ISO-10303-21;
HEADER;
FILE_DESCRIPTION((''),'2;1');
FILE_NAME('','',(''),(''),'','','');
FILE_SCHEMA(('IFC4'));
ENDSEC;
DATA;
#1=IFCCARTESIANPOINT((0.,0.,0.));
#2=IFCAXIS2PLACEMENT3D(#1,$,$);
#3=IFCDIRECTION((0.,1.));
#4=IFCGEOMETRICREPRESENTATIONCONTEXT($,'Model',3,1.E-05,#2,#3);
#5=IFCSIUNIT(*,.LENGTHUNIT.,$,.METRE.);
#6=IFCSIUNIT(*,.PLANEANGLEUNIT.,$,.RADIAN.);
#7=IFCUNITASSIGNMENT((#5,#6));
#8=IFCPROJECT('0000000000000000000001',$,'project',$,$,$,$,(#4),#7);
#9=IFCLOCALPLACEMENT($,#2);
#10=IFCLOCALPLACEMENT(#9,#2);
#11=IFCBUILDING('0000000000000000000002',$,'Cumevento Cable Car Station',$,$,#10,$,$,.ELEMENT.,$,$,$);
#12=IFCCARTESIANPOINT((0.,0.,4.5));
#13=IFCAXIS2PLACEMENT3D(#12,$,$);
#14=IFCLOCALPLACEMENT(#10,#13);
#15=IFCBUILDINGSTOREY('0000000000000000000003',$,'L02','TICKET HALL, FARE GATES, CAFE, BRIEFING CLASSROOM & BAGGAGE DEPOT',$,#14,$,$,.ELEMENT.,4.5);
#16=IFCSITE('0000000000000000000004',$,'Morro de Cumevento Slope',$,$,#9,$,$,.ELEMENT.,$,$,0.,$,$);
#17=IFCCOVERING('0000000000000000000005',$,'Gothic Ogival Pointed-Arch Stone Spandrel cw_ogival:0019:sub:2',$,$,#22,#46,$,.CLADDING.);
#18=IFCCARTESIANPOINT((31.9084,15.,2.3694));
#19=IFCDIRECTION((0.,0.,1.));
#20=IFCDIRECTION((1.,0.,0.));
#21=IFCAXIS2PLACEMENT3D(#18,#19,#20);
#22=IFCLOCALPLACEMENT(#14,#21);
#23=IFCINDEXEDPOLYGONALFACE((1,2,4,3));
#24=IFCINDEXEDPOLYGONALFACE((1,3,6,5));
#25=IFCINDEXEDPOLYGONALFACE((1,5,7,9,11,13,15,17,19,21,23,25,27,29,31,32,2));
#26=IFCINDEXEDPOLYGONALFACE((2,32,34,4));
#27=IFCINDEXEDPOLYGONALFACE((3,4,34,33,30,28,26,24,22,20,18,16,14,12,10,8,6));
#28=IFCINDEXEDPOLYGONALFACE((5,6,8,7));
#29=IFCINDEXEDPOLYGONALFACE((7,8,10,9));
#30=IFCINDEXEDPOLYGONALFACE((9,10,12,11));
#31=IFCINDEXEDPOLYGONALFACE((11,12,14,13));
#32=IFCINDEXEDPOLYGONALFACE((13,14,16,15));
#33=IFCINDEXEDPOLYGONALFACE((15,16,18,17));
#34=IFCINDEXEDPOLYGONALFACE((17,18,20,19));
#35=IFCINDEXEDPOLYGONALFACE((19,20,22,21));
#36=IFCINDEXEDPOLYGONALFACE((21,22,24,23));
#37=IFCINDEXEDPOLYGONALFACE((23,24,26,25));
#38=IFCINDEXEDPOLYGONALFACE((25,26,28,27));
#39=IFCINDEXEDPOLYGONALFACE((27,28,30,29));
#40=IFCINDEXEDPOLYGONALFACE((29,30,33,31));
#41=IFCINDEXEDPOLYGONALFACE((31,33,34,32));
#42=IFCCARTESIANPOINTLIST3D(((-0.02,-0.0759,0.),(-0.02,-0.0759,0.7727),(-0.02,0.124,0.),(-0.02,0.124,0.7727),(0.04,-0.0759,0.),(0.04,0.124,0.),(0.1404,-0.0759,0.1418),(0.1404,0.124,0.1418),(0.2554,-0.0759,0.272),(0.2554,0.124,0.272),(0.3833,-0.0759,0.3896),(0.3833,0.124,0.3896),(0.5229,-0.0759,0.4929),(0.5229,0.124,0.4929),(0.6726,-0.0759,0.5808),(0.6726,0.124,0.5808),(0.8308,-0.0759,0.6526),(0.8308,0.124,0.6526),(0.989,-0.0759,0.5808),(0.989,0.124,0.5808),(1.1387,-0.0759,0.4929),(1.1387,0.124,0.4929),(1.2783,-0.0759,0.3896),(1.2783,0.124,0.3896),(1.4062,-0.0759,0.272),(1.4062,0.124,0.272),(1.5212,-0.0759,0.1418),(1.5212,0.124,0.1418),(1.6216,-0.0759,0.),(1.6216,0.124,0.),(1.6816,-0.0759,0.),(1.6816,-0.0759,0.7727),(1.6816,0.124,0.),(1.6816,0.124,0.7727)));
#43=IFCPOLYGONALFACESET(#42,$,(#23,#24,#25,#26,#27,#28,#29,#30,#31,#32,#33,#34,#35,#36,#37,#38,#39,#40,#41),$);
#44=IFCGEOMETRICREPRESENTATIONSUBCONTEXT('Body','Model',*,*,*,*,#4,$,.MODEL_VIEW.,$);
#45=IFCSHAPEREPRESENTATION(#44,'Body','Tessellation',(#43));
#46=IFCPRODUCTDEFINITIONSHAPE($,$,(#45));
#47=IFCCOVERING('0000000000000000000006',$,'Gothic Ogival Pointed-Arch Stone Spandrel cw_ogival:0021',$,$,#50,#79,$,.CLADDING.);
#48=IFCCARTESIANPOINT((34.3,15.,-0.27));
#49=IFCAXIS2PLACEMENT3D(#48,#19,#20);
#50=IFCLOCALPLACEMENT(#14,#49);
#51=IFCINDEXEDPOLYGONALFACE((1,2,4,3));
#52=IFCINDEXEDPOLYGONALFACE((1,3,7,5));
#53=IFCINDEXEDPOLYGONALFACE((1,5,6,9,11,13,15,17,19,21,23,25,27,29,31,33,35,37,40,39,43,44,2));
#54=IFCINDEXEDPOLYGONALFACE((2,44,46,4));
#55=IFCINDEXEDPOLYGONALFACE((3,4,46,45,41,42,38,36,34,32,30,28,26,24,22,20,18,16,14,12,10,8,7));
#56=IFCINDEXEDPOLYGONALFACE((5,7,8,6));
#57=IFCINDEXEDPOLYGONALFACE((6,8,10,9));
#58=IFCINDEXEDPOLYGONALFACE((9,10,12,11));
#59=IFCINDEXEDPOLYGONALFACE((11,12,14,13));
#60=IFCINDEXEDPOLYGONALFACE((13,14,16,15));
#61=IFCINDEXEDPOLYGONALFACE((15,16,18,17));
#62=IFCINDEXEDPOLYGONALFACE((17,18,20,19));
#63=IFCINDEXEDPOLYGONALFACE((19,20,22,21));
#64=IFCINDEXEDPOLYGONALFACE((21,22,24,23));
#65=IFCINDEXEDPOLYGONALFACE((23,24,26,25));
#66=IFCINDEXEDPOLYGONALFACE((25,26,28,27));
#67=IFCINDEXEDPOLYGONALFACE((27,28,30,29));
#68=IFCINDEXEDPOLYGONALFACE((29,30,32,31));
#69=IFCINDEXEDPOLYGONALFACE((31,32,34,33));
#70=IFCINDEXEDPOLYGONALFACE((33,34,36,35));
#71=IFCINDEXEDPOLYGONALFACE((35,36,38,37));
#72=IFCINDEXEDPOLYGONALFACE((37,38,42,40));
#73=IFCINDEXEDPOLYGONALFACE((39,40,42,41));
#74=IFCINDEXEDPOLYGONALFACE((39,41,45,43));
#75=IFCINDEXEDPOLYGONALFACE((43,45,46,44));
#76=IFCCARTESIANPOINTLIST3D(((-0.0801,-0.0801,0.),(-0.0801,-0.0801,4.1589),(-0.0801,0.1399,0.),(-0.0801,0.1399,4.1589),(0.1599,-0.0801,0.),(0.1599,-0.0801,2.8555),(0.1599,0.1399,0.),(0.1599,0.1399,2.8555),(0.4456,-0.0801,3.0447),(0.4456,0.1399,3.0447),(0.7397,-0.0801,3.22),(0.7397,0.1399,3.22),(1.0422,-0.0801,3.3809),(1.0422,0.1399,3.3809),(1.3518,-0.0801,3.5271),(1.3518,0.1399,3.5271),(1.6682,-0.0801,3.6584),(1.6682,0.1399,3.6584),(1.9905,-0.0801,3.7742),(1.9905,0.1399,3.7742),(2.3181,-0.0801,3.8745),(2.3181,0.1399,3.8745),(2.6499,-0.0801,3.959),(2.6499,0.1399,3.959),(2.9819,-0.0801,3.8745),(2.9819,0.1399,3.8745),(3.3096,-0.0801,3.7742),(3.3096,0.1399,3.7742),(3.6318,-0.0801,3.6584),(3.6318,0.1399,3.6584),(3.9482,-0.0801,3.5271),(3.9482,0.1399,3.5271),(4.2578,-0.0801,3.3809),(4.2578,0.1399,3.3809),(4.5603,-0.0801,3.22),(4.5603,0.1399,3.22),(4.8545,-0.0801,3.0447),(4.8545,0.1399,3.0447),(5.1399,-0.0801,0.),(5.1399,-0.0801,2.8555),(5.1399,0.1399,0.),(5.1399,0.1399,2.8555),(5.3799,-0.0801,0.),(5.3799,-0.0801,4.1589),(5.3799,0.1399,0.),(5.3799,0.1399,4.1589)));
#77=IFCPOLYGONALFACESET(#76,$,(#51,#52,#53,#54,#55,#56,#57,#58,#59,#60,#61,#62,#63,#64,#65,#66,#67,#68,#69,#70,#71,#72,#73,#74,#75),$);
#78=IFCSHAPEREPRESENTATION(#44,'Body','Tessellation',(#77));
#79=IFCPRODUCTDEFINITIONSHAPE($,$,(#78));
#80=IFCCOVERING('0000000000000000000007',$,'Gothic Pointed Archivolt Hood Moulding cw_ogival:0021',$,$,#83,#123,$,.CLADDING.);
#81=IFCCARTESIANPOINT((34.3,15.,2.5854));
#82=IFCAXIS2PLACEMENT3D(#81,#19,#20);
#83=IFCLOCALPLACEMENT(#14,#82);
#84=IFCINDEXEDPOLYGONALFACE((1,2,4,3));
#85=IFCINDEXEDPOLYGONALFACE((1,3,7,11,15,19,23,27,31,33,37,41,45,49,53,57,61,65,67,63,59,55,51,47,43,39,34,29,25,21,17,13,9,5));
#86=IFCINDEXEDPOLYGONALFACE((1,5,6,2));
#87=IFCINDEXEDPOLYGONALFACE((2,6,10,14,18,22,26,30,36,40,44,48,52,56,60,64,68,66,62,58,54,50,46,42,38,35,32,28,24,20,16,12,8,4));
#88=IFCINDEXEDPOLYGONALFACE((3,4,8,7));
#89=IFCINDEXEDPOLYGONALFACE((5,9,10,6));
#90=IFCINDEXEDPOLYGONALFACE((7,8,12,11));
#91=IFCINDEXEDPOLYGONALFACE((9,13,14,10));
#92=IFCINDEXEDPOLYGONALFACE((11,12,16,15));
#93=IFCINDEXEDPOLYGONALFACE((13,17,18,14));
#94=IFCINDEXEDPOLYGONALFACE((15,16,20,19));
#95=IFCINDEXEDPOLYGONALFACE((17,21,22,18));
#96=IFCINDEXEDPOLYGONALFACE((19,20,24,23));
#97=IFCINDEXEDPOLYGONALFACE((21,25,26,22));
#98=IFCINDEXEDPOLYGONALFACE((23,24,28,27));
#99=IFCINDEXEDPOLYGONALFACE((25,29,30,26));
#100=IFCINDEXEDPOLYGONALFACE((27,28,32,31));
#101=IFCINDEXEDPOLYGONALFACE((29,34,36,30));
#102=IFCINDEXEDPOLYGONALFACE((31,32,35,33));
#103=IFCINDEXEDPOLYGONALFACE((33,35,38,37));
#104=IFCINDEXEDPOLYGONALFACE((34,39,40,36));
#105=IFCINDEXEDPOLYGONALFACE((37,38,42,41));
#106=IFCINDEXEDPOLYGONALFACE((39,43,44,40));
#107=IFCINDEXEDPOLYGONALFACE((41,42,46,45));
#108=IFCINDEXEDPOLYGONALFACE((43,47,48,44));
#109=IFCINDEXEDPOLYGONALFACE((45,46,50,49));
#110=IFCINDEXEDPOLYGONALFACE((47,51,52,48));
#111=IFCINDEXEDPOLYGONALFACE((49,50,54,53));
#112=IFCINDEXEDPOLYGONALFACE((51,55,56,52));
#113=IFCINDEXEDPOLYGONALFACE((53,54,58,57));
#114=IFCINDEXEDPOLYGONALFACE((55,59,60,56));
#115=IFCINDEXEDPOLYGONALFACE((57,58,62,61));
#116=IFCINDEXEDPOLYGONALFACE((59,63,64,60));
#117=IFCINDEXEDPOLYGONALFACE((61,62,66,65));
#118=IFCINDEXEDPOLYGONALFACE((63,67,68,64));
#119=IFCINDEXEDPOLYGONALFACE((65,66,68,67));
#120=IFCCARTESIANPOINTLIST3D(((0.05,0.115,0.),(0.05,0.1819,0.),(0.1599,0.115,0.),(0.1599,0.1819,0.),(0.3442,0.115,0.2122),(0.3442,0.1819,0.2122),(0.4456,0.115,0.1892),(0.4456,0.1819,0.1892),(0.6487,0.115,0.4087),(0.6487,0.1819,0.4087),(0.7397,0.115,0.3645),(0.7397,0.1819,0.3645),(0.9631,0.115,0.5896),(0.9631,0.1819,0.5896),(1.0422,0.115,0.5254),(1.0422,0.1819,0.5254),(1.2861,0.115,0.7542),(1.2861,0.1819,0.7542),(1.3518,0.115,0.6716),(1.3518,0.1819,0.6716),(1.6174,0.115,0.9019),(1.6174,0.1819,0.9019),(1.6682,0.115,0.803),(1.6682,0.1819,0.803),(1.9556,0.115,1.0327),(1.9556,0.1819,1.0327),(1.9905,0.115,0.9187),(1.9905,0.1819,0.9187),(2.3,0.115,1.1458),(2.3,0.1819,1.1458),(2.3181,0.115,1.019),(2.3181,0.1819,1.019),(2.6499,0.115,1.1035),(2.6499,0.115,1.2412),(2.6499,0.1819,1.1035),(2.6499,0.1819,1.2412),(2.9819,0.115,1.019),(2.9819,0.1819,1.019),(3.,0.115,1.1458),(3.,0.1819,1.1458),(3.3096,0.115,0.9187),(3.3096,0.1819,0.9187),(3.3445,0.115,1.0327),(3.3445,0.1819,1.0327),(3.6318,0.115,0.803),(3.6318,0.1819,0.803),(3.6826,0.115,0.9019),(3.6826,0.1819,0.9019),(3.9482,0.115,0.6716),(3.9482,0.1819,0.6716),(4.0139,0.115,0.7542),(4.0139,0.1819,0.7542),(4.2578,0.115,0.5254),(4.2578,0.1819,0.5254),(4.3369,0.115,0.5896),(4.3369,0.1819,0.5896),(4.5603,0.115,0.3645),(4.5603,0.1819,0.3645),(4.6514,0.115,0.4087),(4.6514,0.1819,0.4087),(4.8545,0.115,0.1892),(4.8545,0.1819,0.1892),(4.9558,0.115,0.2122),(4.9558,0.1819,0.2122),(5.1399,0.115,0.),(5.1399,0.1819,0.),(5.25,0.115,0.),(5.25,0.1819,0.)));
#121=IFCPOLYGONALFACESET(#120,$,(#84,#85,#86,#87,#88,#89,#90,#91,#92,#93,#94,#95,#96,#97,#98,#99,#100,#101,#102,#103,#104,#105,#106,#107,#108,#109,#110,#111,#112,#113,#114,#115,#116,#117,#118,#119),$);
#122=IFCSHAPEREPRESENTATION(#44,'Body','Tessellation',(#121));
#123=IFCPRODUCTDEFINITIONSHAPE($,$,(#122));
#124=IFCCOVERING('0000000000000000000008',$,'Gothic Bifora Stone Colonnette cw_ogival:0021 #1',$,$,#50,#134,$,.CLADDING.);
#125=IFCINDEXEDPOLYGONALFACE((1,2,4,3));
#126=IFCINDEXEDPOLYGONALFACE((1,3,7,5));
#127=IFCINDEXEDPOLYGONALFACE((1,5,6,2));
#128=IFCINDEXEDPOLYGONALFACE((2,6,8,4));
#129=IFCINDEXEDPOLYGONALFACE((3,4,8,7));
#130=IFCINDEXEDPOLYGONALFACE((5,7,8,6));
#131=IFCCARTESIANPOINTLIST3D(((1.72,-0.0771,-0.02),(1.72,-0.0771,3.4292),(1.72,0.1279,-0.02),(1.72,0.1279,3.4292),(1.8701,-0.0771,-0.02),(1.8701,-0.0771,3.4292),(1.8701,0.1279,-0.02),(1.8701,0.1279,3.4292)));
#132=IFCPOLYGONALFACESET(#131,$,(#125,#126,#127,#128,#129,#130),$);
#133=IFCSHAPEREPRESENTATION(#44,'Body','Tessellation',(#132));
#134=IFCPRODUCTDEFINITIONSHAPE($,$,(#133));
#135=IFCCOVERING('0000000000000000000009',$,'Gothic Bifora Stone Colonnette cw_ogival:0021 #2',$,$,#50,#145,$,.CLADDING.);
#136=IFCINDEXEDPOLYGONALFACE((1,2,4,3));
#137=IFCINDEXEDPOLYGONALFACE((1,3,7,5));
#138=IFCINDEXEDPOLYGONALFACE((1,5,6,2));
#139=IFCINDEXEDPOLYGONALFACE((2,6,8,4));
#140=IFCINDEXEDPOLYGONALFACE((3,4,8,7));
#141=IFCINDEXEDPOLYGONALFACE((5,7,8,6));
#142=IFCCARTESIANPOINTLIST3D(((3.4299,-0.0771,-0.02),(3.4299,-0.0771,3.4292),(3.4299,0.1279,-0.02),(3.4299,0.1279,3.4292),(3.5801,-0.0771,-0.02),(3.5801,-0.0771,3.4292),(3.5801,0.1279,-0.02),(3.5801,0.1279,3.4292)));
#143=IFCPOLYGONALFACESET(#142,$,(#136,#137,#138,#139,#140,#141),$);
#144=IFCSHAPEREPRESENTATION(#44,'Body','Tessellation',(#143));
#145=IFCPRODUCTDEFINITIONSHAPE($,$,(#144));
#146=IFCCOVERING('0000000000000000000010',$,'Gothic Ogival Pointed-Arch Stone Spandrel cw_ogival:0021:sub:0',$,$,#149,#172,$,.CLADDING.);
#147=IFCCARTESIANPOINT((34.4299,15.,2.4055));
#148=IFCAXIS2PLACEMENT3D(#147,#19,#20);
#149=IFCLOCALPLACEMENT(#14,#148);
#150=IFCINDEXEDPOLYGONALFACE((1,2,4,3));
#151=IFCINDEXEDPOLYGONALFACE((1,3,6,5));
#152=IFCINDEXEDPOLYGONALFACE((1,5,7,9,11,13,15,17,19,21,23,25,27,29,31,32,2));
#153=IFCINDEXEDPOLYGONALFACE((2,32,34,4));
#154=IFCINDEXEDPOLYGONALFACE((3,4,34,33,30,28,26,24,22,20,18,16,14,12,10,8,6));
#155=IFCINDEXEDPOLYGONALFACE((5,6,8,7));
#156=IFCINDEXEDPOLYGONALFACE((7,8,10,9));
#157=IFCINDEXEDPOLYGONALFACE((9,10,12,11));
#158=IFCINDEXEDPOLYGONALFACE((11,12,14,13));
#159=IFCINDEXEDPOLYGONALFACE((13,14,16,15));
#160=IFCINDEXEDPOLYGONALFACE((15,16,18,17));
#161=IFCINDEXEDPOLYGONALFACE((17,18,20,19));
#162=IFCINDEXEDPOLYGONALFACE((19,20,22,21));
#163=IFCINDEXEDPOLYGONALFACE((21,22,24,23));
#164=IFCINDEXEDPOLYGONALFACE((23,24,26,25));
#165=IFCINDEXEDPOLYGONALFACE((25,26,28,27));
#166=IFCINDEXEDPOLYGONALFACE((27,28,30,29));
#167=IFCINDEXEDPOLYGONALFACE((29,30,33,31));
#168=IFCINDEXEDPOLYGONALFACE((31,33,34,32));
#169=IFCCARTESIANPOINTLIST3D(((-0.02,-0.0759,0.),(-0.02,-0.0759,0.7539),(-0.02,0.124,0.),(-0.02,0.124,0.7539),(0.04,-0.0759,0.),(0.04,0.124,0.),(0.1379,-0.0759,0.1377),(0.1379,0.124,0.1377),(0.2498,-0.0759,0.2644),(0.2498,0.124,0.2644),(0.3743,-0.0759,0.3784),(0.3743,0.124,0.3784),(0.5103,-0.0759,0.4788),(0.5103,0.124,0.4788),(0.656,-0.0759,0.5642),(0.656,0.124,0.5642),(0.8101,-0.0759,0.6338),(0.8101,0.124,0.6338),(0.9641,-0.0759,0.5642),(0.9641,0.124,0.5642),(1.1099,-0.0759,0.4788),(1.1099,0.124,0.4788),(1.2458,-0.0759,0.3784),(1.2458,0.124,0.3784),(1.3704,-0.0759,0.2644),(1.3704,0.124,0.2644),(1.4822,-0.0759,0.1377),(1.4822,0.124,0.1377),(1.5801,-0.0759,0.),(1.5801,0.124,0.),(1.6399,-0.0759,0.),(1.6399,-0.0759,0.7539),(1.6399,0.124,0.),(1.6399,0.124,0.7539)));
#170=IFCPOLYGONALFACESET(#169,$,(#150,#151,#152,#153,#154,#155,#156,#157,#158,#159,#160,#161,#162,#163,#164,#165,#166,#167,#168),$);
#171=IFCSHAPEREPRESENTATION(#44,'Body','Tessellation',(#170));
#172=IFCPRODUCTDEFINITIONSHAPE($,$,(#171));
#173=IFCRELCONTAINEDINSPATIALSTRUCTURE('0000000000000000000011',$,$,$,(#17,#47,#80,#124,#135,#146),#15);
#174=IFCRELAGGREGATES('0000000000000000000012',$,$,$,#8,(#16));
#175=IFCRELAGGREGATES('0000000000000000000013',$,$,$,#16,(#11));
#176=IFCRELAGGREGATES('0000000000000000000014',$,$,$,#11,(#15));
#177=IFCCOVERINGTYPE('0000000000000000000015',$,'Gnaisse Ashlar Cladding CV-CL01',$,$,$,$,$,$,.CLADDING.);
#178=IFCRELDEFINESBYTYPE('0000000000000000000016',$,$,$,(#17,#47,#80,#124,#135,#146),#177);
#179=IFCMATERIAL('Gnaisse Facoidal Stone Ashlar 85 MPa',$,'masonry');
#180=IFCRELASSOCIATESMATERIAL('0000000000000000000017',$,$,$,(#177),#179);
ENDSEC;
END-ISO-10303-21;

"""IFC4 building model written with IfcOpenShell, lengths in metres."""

from ifc_helpers import new_model, si_unit, direction, frame, origin, place, context, subcontext, project, spatial, polyline, outline, extrude, material, type_object, element, save


model = new_model("IFC4")

# Units and contexts
model_context = context("Model", 3, precision=1e-05, world=origin(), true_north=direction((0.0, 1.0)))
body_context = subcontext(model_context, "Body", "Model", "MODEL_VIEW")
ifc_project = project(units=[si_unit("LENGTHUNIT", "METRE"), si_unit("PLANEANGLEUNIT", "RADIAN")], contexts=[model_context])

# Site, building, storey
site_placement = place(None, origin())
site = spatial("IfcSite", under=ifc_project, at=site_placement, Name="Morro de Cumevento Slope", CompositionType="ELEMENT", RefElevation=0.0)
building_placement = place(site_placement, origin())
building = spatial("IfcBuilding", under=site, at=building_placement, Name="Cumevento Cable Car Station", CompositionType="ELEMENT")
storey_placement = place(building_placement, frame((0.0, 0.0, 4.5)))
storey = spatial("IfcBuildingStorey", under=building, at=storey_placement, Name="L02", Description="TICKET HALL, FARE GATES, CAFE, BRIEFING CLASSROOM & BAGGAGE DEPOT", CompositionType="ELEMENT", Elevation=4.5)

# Coverings
ifc_material_1 = material(Name="Gnaisse Facoidal Stone Ashlar 85 MPa", Category="masonry")
covering_type = type_object("IfcCoveringType", Name="Gnaisse Ashlar Cladding CV-CL01", PredefinedType="CLADDING", material=ifc_material_1)
covering_1_placement = place(storey_placement, frame((31.9084, 15.0, 2.3694), z_axis=(0.0, 0.0, 1.0), x_axis=(1.0, 0.0, 0.0)))
element("IfcCovering", 1, at=covering_1_placement, inside=storey, type_object=covering_type, Name="Gothic Ogival Pointed-Arch Stone Spandrel cw_ogival:0019:sub:2", PredefinedType="CLADDING", context=body_context, shape_type="SweptSolid", body=[
    extrude(outline(polyline([(-0.02, 0.0), (-0.02, 0.7727), (1.6816, 0.7727), (1.6816, 0.0), (1.6216, 0.0), (1.5212, 0.1418), (1.4062, 0.272), (1.2783, 0.3896), (1.1387, 0.4929), (0.989, 0.5808), (0.8308, 0.6526), (0.6726, 0.5808), (0.5229, 0.4929), (0.3833, 0.3896), (0.2554, 0.272), (0.1404, 0.1418), (0.04, 0.0), (-0.02, 0.0)])), frame((0.0, 0.124, 0.0), z_axis=(0.0, -1.0, 0.0), x_axis=(1.0, 0.0, 0.0)), (0.0, 0.0, 1.0), 0.2),
])
placement = place(storey_placement, frame((34.3, 15.0, -0.27), z_axis=(0.0, 0.0, 1.0), x_axis=(1.0, 0.0, 0.0)))
element("IfcCovering", 2, at=placement, inside=storey, type_object=covering_type, Name="Gothic Ogival Pointed-Arch Stone Spandrel cw_ogival:0021", PredefinedType="CLADDING", context=body_context, shape_type="SweptSolid", body=[
    extrude(outline(polyline([(-0.0801, 0.0), (-0.0801, 4.1589), (5.3799, 4.1589), (5.3799, 0.0), (5.1399, 0.0), (5.1399, 2.8555), (4.8545, 3.0447), (4.5603, 3.22), (4.2578, 3.3809), (3.9482, 3.5271), (3.6318, 3.6584), (3.3096, 3.7742), (2.9819, 3.8745), (2.6499, 3.959), (2.3181, 3.8745), (1.9905, 3.7742), (1.6682, 3.6584), (1.3518, 3.5271), (1.0422, 3.3809), (0.7397, 3.22), (0.4456, 3.0447), (0.1599, 2.8555), (0.1599, 0.0), (-0.0801, 0.0)])), frame((0.0, 0.1399, 0.0), z_axis=(0.0, -1.0, 0.0), x_axis=(1.0, 0.0, 0.0)), (0.0, 0.0, 1.0), 0.22),
])
covering_2_placement = place(storey_placement, frame((34.3, 15.0, 2.5854), z_axis=(0.0, 0.0, 1.0), x_axis=(1.0, 0.0, 0.0)))
element("IfcCovering", 3, at=covering_2_placement, inside=storey, type_object=covering_type, Name="Gothic Pointed Archivolt Hood Moulding cw_ogival:0021", PredefinedType="CLADDING", context=body_context, shape_type="SweptSolid", body=[
    extrude(outline(polyline([(0.1599, 0.0), (0.4456, 0.1892), (0.7397, 0.3645), (1.0422, 0.5254), (1.3518, 0.6716), (1.6682, 0.803), (1.9905, 0.9187), (2.3181, 1.019), (2.6499, 1.1035), (2.9819, 1.019), (3.3096, 0.9187), (3.6318, 0.803), (3.9482, 0.6716), (4.2578, 0.5254), (4.5603, 0.3645), (4.8545, 0.1892), (5.1399, 0.0), (5.25, 0.0), (4.9558, 0.2122), (4.6514, 0.4087), (4.3369, 0.5896), (4.0139, 0.7542), (3.6826, 0.9019), (3.3445, 1.0327), (3.0, 1.1458), (2.6499, 1.2412), (2.3, 1.1458), (1.9556, 1.0327), (1.6174, 0.9019), (1.2861, 0.7542), (0.9631, 0.5896), (0.6487, 0.4087), (0.3442, 0.2122), (0.05, 0.0), (0.1599, 0.0)])), frame((0.0, 0.1819, 0.0), z_axis=(0.0, -1.0, 0.0), x_axis=(1.0, 0.0, 0.0)), (0.0, 0.0, 1.0), 0.0669),
])
element("IfcCovering", 4, at=placement, inside=storey, type_object=covering_type, Name="Gothic Bifora Stone Colonnette cw_ogival:0021 #1", PredefinedType="CLADDING", context=body_context, shape_type="SweptSolid", body=[
    extrude(outline(polyline([(1.72, -0.02), (1.8701, -0.02), (1.8701, 3.4292), (1.72, 3.4292), (1.72, -0.02)])), frame((0.0, 0.1279, 0.0), z_axis=(0.0, -1.0, 0.0), x_axis=(1.0, 0.0, 0.0)), (0.0, 0.0, 1.0), 0.2051),
])
element("IfcCovering", 5, at=placement, inside=storey, type_object=covering_type, Name="Gothic Bifora Stone Colonnette cw_ogival:0021 #2", PredefinedType="CLADDING", context=body_context, shape_type="SweptSolid", body=[
    extrude(outline(polyline([(3.4299, -0.02), (3.5801, -0.02), (3.5801, 3.4292), (3.4299, 3.4292), (3.4299, -0.02)])), frame((0.0, 0.1279, 0.0), z_axis=(0.0, -1.0, 0.0), x_axis=(1.0, 0.0, 0.0)), (0.0, 0.0, 1.0), 0.2051),
])
covering_3_placement = place(storey_placement, frame((34.4299, 15.0, 2.4055), z_axis=(0.0, 0.0, 1.0), x_axis=(1.0, 0.0, 0.0)))
element("IfcCovering", 6, at=covering_3_placement, inside=storey, type_object=covering_type, Name="Gothic Ogival Pointed-Arch Stone Spandrel cw_ogival:0021:sub:0", PredefinedType="CLADDING", context=body_context, shape_type="SweptSolid", body=[
    extrude(outline(polyline([(-0.02, 0.0), (-0.02, 0.7539), (1.6399, 0.7539), (1.6399, 0.0), (1.5801, 0.0), (1.4822, 0.1377), (1.3704, 0.2644), (1.2458, 0.3784), (1.1099, 0.4788), (0.9641, 0.5642), (0.8101, 0.6338), (0.656, 0.5642), (0.5103, 0.4788), (0.3743, 0.3784), (0.2498, 0.2644), (0.1379, 0.1377), (0.04, 0.0), (-0.02, 0.0)])), frame((0.0, 0.124, 0.0), z_axis=(0.0, -1.0, 0.0), x_axis=(1.0, 0.0, 0.0)), (0.0, 0.0, 1.0), 0.2),
])

save(model, "model.ifc")
